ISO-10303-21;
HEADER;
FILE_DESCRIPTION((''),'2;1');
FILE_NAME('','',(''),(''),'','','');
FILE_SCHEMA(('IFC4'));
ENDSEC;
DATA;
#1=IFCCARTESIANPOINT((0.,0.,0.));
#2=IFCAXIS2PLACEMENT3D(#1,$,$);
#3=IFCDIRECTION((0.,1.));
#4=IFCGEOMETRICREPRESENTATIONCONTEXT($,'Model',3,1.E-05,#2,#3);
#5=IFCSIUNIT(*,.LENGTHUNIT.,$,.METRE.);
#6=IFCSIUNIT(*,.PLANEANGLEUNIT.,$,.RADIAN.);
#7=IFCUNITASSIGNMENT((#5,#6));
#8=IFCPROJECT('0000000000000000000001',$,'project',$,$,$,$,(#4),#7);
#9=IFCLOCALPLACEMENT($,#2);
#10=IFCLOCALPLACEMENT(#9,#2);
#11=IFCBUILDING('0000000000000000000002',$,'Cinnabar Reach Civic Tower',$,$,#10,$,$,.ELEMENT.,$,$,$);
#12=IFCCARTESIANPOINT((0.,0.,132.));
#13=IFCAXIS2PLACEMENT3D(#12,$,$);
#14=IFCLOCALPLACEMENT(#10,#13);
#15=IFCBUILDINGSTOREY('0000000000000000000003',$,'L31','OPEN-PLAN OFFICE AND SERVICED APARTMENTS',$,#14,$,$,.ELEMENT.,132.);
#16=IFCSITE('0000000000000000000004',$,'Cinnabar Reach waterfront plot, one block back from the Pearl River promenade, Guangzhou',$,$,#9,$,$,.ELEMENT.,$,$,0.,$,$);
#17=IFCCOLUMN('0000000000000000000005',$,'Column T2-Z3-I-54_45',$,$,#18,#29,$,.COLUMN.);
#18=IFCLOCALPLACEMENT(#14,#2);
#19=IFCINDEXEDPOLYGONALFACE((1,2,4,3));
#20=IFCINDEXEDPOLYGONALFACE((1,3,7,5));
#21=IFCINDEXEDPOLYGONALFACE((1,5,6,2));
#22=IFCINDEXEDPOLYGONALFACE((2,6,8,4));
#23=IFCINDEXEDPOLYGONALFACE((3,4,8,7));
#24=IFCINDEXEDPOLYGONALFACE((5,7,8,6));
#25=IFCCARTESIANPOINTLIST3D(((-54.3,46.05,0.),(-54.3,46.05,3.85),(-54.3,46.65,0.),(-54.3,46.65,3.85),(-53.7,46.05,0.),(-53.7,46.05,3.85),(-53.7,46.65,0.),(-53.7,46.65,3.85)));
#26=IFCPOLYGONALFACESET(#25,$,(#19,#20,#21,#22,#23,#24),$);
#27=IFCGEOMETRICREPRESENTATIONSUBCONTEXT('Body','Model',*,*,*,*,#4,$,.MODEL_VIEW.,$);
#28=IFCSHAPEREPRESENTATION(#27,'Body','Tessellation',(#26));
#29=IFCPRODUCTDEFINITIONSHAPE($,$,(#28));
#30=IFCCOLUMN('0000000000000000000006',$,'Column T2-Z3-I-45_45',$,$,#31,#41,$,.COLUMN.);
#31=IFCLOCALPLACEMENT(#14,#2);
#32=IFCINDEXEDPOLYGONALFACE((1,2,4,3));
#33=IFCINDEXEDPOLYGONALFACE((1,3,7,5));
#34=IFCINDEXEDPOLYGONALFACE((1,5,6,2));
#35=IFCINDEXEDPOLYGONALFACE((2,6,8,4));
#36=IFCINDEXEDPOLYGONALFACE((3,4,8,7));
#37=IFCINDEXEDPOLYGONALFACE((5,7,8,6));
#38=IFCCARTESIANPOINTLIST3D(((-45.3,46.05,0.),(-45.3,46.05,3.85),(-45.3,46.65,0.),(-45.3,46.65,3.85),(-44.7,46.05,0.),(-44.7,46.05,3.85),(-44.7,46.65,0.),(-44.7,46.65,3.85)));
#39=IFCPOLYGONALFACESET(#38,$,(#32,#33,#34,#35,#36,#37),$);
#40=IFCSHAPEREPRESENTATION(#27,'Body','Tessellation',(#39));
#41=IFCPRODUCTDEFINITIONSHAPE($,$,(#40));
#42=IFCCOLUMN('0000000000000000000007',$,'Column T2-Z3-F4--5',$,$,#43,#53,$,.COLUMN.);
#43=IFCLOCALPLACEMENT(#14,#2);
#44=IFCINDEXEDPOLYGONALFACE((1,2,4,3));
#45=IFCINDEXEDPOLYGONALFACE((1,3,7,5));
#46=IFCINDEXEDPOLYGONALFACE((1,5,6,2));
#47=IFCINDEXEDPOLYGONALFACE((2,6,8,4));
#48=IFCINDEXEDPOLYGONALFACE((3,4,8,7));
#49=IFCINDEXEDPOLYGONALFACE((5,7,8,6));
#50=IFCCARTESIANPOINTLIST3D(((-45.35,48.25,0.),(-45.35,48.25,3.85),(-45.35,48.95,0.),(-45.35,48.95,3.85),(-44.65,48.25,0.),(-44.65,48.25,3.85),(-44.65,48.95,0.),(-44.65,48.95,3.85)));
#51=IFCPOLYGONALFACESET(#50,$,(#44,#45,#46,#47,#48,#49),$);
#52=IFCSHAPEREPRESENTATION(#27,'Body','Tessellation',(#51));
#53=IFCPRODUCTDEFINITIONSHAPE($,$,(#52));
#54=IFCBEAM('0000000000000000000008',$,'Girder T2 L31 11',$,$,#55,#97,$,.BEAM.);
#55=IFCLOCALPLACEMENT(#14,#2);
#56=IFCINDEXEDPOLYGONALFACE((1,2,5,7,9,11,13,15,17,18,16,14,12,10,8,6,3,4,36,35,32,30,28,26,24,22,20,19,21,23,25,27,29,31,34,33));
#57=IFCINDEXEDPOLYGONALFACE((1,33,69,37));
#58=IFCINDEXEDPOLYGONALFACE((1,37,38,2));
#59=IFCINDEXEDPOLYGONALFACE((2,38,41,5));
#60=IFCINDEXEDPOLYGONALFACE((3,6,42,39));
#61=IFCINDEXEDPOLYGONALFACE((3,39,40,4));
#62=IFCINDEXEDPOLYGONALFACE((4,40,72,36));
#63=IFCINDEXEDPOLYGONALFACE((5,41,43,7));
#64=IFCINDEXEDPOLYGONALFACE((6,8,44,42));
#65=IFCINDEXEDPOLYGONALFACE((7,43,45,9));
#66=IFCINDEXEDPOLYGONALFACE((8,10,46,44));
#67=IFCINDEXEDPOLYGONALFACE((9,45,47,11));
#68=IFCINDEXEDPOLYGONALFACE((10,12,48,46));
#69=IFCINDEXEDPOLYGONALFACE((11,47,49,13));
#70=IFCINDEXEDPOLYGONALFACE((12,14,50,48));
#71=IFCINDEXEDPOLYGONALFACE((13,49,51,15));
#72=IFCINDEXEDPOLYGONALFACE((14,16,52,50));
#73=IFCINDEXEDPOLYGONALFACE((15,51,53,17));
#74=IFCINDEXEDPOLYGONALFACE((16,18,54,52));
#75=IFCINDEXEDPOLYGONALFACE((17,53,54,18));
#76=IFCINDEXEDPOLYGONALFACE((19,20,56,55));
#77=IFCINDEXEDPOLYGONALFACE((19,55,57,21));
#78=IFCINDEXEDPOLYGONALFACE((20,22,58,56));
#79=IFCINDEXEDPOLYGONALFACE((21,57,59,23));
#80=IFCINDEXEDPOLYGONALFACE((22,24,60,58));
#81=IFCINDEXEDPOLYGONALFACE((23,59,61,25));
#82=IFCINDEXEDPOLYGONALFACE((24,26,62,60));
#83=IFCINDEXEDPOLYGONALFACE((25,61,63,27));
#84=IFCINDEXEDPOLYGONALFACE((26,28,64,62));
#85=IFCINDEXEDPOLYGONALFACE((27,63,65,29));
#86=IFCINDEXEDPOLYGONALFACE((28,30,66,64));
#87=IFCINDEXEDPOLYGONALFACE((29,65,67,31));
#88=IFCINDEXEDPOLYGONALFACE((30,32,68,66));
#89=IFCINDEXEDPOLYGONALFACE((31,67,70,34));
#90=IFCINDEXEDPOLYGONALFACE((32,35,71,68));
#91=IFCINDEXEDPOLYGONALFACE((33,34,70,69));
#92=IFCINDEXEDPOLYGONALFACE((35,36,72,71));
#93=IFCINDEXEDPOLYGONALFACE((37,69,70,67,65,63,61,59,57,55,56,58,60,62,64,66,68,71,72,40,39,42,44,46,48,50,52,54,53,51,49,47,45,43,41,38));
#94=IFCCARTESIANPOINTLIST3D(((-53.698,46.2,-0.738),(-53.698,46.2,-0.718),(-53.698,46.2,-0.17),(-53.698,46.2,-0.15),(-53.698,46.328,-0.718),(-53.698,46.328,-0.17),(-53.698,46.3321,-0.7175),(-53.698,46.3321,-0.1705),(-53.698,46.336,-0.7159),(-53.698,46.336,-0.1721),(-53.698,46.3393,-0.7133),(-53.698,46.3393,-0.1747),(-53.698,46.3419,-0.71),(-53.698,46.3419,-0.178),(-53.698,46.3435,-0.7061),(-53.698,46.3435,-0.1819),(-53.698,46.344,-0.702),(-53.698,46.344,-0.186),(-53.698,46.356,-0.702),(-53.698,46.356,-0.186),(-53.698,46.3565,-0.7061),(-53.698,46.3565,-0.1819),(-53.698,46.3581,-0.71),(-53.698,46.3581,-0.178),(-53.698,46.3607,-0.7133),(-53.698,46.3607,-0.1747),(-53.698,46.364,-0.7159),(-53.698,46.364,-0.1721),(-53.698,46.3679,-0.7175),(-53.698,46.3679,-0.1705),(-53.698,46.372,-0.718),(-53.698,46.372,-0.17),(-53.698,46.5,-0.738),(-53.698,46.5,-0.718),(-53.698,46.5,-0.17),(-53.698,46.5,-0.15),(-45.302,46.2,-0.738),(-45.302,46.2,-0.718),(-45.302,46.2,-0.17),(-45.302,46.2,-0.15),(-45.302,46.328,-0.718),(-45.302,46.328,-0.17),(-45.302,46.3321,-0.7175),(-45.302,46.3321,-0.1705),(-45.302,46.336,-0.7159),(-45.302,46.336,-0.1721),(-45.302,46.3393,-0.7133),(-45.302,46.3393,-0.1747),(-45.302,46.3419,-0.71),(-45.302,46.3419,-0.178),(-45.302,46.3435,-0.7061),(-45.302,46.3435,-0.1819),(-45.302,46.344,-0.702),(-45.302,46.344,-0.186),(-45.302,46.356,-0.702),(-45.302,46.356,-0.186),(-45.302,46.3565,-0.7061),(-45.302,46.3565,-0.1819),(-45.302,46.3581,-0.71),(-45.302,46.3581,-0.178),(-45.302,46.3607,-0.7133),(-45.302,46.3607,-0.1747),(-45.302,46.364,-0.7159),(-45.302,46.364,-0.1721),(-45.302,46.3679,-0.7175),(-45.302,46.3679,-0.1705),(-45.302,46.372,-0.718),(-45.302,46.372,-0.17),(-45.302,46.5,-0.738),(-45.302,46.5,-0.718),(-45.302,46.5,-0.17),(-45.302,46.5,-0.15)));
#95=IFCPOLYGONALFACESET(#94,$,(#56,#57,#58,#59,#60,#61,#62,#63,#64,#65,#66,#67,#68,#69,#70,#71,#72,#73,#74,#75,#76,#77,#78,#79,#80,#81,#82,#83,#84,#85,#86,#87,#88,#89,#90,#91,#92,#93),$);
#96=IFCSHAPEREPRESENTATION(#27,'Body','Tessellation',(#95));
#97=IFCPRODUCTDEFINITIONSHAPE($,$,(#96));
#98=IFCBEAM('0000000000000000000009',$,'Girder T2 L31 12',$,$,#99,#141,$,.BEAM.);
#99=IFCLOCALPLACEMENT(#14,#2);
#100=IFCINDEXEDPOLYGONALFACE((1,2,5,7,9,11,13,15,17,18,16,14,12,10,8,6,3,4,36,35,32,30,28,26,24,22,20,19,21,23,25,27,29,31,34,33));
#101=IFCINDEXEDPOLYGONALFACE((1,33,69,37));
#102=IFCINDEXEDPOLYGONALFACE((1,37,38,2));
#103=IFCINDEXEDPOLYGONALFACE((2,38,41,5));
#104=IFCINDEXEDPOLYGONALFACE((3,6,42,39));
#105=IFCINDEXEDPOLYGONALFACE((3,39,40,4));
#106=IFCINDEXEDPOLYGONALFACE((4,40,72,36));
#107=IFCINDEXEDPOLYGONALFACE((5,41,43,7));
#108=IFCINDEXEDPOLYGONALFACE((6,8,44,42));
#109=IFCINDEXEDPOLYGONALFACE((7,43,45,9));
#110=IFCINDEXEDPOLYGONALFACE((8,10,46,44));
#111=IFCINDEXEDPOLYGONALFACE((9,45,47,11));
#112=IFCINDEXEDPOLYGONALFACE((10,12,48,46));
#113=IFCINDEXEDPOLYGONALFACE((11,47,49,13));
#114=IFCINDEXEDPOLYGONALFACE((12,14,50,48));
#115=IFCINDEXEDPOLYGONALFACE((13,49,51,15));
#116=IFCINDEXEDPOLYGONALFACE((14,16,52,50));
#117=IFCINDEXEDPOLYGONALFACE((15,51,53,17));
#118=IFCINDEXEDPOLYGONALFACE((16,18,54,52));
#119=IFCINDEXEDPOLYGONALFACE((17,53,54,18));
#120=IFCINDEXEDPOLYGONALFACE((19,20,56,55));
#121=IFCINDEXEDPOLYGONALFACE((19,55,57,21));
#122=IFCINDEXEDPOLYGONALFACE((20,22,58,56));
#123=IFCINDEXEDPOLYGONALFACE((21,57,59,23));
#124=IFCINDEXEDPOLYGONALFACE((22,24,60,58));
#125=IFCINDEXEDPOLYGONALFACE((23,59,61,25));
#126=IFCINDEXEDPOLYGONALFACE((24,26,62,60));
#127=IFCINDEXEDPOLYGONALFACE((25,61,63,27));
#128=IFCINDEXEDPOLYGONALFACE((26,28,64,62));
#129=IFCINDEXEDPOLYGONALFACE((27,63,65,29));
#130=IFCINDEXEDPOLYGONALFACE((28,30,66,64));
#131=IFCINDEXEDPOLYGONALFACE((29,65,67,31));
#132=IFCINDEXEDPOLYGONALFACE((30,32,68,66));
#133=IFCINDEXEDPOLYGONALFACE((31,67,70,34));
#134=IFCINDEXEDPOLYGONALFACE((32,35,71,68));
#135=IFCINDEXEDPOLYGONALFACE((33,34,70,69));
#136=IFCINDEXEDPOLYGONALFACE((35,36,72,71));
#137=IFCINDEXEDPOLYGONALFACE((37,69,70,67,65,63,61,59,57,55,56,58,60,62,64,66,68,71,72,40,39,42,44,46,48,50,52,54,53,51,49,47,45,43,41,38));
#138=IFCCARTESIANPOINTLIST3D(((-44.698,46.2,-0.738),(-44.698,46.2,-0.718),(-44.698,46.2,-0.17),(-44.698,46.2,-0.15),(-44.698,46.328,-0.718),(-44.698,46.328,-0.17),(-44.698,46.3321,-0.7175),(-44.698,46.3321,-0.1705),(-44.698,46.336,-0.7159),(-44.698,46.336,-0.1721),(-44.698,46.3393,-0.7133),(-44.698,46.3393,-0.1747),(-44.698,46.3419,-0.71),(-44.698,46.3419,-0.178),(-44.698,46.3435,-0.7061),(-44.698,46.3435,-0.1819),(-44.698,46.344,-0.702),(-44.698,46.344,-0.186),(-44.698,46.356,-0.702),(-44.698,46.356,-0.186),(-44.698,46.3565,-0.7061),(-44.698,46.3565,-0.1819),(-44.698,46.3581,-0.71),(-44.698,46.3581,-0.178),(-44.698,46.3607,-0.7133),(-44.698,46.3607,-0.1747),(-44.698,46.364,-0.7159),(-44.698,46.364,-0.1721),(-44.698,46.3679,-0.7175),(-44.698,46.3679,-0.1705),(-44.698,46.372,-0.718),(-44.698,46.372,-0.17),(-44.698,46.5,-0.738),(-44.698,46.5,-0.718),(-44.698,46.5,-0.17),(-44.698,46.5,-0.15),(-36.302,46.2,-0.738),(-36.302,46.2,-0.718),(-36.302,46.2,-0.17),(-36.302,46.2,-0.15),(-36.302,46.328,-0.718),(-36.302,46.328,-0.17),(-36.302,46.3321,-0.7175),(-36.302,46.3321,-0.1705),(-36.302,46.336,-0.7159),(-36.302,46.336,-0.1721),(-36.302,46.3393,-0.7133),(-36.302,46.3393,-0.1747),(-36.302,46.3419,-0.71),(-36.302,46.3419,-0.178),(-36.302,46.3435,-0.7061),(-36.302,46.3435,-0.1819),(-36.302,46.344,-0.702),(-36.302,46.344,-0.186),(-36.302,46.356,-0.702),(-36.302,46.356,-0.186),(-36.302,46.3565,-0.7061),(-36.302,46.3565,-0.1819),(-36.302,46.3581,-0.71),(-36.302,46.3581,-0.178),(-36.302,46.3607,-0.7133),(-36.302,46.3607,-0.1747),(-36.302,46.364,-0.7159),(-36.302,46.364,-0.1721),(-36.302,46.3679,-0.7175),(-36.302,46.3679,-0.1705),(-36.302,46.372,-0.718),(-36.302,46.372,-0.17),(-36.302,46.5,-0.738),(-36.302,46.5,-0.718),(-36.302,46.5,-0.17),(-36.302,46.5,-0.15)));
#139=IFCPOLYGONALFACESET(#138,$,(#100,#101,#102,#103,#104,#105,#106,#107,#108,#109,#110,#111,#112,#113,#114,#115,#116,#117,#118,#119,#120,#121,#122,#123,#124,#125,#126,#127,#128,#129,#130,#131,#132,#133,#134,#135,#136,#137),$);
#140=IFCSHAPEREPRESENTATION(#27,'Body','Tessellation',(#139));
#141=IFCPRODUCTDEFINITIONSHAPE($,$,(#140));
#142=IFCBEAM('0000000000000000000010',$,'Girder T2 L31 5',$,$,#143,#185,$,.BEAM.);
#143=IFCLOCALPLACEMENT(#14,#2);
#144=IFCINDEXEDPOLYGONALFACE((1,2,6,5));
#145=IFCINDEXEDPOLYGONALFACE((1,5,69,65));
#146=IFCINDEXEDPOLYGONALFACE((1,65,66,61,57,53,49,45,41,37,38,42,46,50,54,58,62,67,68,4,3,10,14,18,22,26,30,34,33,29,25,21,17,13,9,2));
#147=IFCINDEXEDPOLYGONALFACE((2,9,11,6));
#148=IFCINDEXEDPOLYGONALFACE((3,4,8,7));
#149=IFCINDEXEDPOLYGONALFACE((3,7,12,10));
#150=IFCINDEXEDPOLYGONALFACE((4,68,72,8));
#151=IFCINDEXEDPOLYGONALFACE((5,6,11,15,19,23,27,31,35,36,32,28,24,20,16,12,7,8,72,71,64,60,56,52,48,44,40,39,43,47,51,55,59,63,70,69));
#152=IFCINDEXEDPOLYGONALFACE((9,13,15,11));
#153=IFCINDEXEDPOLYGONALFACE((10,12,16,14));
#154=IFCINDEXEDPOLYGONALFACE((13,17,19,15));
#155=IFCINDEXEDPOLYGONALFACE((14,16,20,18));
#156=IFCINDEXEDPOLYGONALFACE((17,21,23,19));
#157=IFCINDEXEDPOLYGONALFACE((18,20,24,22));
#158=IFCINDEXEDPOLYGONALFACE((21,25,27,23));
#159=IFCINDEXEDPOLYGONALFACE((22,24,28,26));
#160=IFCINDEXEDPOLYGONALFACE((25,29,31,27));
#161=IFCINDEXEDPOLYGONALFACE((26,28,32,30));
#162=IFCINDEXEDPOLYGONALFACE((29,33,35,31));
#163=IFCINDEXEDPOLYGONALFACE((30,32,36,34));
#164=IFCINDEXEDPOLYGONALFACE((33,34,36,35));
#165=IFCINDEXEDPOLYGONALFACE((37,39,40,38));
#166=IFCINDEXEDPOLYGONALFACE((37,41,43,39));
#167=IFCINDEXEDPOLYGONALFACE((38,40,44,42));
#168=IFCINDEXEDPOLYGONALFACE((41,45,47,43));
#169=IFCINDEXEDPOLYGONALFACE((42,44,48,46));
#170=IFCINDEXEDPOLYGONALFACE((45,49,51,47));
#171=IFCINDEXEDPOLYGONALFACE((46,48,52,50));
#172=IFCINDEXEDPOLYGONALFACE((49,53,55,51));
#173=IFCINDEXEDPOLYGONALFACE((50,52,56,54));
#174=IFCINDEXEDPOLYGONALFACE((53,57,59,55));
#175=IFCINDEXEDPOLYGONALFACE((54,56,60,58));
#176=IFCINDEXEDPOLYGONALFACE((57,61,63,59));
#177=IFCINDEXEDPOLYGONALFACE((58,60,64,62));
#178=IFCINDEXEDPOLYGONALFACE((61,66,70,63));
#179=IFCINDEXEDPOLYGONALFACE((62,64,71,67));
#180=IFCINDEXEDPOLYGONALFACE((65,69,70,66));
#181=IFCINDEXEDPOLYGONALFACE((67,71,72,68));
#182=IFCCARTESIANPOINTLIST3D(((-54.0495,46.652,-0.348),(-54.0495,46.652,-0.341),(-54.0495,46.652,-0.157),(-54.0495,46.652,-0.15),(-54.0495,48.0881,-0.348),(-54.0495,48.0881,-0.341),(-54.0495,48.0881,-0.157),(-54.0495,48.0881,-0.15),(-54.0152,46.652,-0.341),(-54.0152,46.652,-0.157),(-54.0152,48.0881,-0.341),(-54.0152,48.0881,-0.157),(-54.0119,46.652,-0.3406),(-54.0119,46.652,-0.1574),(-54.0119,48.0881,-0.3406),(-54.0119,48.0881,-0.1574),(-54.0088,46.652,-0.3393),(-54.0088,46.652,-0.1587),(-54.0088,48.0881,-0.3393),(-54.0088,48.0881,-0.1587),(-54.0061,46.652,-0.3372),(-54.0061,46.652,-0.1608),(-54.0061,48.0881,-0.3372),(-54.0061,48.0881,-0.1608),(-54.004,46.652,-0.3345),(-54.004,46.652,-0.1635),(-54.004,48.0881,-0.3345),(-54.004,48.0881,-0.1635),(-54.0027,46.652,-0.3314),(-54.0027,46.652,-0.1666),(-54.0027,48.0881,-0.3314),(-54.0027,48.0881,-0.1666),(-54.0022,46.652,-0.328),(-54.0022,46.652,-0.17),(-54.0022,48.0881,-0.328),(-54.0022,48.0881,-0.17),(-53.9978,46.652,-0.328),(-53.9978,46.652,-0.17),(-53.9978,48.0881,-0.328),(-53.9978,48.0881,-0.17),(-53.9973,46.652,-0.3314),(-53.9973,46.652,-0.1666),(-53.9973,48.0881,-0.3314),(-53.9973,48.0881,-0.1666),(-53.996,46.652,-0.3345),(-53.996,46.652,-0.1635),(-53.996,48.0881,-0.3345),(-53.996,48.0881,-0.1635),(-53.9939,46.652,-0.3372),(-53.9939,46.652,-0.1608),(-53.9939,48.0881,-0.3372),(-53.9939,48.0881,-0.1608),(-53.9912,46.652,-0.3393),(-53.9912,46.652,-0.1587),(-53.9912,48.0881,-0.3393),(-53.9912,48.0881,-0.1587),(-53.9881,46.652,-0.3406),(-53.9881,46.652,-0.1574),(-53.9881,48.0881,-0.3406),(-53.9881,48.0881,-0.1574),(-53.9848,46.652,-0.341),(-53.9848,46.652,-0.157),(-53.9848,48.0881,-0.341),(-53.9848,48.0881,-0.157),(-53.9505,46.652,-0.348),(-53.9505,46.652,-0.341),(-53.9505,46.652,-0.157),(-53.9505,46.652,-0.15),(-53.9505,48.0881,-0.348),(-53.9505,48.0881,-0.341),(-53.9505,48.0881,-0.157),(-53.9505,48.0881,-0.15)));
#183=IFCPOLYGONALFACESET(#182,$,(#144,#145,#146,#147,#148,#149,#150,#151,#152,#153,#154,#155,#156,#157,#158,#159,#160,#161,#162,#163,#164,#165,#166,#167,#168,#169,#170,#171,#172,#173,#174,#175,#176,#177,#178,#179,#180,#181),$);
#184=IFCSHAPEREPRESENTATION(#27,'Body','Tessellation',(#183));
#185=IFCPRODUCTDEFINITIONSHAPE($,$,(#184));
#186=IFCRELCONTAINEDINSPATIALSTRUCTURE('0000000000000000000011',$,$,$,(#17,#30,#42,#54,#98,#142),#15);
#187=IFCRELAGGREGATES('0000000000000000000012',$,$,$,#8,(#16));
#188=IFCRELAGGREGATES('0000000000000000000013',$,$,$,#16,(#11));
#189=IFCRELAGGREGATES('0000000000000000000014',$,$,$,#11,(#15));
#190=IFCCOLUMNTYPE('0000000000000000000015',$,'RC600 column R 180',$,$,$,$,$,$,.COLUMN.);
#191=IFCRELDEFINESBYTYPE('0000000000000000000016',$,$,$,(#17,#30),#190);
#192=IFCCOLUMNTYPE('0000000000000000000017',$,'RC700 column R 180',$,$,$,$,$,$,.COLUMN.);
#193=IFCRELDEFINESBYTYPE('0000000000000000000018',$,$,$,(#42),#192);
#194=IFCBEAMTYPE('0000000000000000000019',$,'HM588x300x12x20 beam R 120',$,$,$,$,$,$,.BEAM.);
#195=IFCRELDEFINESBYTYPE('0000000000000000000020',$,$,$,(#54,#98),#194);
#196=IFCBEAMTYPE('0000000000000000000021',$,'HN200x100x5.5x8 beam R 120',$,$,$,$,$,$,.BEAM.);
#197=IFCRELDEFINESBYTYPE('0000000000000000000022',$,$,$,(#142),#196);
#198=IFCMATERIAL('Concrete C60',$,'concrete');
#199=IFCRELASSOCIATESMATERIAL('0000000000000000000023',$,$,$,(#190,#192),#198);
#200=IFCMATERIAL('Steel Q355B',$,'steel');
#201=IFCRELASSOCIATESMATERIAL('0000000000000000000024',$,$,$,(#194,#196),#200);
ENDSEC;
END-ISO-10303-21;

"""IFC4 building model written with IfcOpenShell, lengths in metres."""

from ifc_helpers import new_model, si_unit, direction, frame, origin, origin_2d, place, context, subcontext, project, spatial, rectangle, i_section, extrude, material, material_profile, profile_set, type_object, element, save


model = new_model("IFC4")

# Units and contexts
model_context = context("Model", 3, precision=1e-05, world=origin(), true_north=direction((0.0, 1.0)))
body_context = subcontext(model_context, "Body", "Model", "MODEL_VIEW")
ifc_project = project(units=[si_unit("LENGTHUNIT", "METRE"), si_unit("PLANEANGLEUNIT", "RADIAN")], contexts=[model_context])

# Site, building, storey
site_placement = place(None, origin())
site = spatial("IfcSite", under=ifc_project, at=site_placement, Name="Cinnabar Reach waterfront plot, one block back from the Pearl River promenade, Guangzhou", CompositionType="ELEMENT", RefElevation=0.0)
building_placement = place(site_placement, origin())
building = spatial("IfcBuilding", under=site, at=building_placement, Name="Cinnabar Reach Civic Tower", CompositionType="ELEMENT")
storey_placement = place(building_placement, frame((0.0, 0.0, 132.0)))
storey = spatial("IfcBuildingStorey", under=building, at=storey_placement, Name="L31", Description="OPEN-PLAN OFFICE AND SERVICED APARTMENTS", CompositionType="ELEMENT", Elevation=132.0)

# Columns
ifc_material_1 = material(Name="Concrete C60", Category="concrete")
ifc_material_profile_1 = material_profile(ifc_material_1, rectangle(XDim=0.6, YDim=0.6, at=origin_2d()), Name="RC600")
ifc_profile_set_1 = profile_set([ifc_material_profile_1], Name="Concrete C60")
column_type_1 = type_object("IfcColumnType", Name="RC600 column R 180", PredefinedType="COLUMN", material=ifc_profile_set_1)
for number, where, z_axis, x_axis, name in (
    (1, (-54.0, 46.35, 0.0), (0.0, 0.0, 1.0), (1.0, 0.0, 0.0), "Column T2-Z3-I-54_45"),
    (2, (-45.0, 46.35, 0.0), (0.0, 0.0, 1.0), (1.0, 0.0, 0.0), "Column T2-Z3-I-45_45"),
):
    element("IfcColumn", number, at=place(storey_placement, frame(where, z_axis=z_axis, x_axis=x_axis)), inside=storey, type_object=column_type_1, Name=name, PredefinedType="COLUMN", context=body_context, shape_type="SweptSolid", body=[
        extrude(rectangle(XDim=0.6, YDim=0.6, at=origin_2d()), origin(), (0.0, 0.0, 1.0), 3.85),
    ])
ifc_material_profile_2 = material_profile(ifc_material_1, rectangle(XDim=0.7, YDim=0.7, at=origin_2d()), Name="RC700")
ifc_profile_set_2 = profile_set([ifc_material_profile_2], Name="Concrete C60")
column_type_2 = type_object("IfcColumnType", Name="RC700 column R 180", PredefinedType="COLUMN", material=ifc_profile_set_2)
column_placement = place(storey_placement, frame((-45.0, 48.6, 0.0), z_axis=(0.0, 0.0, 1.0), x_axis=(1.0, 0.0, 0.0)))
element("IfcColumn", 3, at=column_placement, inside=storey, type_object=column_type_2, Name="Column T2-Z3-F4--5", PredefinedType="COLUMN", context=body_context, shape_type="SweptSolid", body=[
    extrude(rectangle(XDim=0.7, YDim=0.7, at=origin_2d()), origin(), (0.0, 0.0, 1.0), 3.85),
])

# Beams
ifc_material_2 = material(Name="Steel Q355B", Category="steel")
ifc_material_profile_3 = material_profile(ifc_material_2, i_section(OverallWidth=0.3, OverallDepth=0.588, WebThickness=0.012, FlangeThickness=0.02, FilletRadius=0.016, at=origin_2d()), Name="HM588x300x12x20")
ifc_profile_set_3 = profile_set([ifc_material_profile_3], Name="Steel Q355B")
beam_type_1 = type_object("IfcBeamType", Name="HM588x300x12x20 beam R 120", PredefinedType="BEAM", material=ifc_profile_set_3)
for number, where, z_axis, x_axis, name in (
    (4, (-53.698, 46.35, -0.444), (1.0, 0.0, 0.0), (0.0, 1.0, 0.0), "Girder T2 L31 11"),
    (5, (-44.698, 46.35, -0.444), (1.0, 0.0, 0.0), (0.0, 1.0, 0.0), "Girder T2 L31 12"),
):
    element("IfcBeam", number, at=place(storey_placement, frame(where, z_axis=z_axis, x_axis=x_axis)), inside=storey, type_object=beam_type_1, Name=name, PredefinedType="BEAM", context=body_context, shape_type="SweptSolid", body=[
        extrude(i_section(OverallWidth=0.3, OverallDepth=0.588, WebThickness=0.012, FlangeThickness=0.02, FilletRadius=0.016, at=origin_2d()), origin(), (0.0, 0.0, 1.0), 8.396),
    ])
ifc_material_profile_4 = material_profile(ifc_material_2, i_section(OverallWidth=0.099, OverallDepth=0.198, WebThickness=0.0045, FlangeThickness=0.007, FilletRadius=0.013, at=origin_2d()), Name="HN200x100x5.5x8")
ifc_profile_set_4 = profile_set([ifc_material_profile_4], Name="Steel Q355B")
beam_type_2 = type_object("IfcBeamType", Name="HN200x100x5.5x8 beam R 120", PredefinedType="BEAM", material=ifc_profile_set_4)
beam_1_placement = place(storey_placement, frame((-54.0, 46.652, -0.249), z_axis=(0.0, 1.0, 0.0), x_axis=(-1.0, 0.0, 0.0)))
element("IfcBeam", 6, at=beam_1_placement, inside=storey, type_object=beam_type_2, Name="Girder T2 L31 5", PredefinedType="BEAM", context=body_context, shape_type="SweptSolid", body=[
    extrude(i_section(OverallWidth=0.099, OverallDepth=0.198, WebThickness=0.0045, FlangeThickness=0.007, FilletRadius=0.013, at=origin_2d()), origin(), (0.0, 0.0, 1.0), 1.4361),
])

save(model, "model.ifc")
